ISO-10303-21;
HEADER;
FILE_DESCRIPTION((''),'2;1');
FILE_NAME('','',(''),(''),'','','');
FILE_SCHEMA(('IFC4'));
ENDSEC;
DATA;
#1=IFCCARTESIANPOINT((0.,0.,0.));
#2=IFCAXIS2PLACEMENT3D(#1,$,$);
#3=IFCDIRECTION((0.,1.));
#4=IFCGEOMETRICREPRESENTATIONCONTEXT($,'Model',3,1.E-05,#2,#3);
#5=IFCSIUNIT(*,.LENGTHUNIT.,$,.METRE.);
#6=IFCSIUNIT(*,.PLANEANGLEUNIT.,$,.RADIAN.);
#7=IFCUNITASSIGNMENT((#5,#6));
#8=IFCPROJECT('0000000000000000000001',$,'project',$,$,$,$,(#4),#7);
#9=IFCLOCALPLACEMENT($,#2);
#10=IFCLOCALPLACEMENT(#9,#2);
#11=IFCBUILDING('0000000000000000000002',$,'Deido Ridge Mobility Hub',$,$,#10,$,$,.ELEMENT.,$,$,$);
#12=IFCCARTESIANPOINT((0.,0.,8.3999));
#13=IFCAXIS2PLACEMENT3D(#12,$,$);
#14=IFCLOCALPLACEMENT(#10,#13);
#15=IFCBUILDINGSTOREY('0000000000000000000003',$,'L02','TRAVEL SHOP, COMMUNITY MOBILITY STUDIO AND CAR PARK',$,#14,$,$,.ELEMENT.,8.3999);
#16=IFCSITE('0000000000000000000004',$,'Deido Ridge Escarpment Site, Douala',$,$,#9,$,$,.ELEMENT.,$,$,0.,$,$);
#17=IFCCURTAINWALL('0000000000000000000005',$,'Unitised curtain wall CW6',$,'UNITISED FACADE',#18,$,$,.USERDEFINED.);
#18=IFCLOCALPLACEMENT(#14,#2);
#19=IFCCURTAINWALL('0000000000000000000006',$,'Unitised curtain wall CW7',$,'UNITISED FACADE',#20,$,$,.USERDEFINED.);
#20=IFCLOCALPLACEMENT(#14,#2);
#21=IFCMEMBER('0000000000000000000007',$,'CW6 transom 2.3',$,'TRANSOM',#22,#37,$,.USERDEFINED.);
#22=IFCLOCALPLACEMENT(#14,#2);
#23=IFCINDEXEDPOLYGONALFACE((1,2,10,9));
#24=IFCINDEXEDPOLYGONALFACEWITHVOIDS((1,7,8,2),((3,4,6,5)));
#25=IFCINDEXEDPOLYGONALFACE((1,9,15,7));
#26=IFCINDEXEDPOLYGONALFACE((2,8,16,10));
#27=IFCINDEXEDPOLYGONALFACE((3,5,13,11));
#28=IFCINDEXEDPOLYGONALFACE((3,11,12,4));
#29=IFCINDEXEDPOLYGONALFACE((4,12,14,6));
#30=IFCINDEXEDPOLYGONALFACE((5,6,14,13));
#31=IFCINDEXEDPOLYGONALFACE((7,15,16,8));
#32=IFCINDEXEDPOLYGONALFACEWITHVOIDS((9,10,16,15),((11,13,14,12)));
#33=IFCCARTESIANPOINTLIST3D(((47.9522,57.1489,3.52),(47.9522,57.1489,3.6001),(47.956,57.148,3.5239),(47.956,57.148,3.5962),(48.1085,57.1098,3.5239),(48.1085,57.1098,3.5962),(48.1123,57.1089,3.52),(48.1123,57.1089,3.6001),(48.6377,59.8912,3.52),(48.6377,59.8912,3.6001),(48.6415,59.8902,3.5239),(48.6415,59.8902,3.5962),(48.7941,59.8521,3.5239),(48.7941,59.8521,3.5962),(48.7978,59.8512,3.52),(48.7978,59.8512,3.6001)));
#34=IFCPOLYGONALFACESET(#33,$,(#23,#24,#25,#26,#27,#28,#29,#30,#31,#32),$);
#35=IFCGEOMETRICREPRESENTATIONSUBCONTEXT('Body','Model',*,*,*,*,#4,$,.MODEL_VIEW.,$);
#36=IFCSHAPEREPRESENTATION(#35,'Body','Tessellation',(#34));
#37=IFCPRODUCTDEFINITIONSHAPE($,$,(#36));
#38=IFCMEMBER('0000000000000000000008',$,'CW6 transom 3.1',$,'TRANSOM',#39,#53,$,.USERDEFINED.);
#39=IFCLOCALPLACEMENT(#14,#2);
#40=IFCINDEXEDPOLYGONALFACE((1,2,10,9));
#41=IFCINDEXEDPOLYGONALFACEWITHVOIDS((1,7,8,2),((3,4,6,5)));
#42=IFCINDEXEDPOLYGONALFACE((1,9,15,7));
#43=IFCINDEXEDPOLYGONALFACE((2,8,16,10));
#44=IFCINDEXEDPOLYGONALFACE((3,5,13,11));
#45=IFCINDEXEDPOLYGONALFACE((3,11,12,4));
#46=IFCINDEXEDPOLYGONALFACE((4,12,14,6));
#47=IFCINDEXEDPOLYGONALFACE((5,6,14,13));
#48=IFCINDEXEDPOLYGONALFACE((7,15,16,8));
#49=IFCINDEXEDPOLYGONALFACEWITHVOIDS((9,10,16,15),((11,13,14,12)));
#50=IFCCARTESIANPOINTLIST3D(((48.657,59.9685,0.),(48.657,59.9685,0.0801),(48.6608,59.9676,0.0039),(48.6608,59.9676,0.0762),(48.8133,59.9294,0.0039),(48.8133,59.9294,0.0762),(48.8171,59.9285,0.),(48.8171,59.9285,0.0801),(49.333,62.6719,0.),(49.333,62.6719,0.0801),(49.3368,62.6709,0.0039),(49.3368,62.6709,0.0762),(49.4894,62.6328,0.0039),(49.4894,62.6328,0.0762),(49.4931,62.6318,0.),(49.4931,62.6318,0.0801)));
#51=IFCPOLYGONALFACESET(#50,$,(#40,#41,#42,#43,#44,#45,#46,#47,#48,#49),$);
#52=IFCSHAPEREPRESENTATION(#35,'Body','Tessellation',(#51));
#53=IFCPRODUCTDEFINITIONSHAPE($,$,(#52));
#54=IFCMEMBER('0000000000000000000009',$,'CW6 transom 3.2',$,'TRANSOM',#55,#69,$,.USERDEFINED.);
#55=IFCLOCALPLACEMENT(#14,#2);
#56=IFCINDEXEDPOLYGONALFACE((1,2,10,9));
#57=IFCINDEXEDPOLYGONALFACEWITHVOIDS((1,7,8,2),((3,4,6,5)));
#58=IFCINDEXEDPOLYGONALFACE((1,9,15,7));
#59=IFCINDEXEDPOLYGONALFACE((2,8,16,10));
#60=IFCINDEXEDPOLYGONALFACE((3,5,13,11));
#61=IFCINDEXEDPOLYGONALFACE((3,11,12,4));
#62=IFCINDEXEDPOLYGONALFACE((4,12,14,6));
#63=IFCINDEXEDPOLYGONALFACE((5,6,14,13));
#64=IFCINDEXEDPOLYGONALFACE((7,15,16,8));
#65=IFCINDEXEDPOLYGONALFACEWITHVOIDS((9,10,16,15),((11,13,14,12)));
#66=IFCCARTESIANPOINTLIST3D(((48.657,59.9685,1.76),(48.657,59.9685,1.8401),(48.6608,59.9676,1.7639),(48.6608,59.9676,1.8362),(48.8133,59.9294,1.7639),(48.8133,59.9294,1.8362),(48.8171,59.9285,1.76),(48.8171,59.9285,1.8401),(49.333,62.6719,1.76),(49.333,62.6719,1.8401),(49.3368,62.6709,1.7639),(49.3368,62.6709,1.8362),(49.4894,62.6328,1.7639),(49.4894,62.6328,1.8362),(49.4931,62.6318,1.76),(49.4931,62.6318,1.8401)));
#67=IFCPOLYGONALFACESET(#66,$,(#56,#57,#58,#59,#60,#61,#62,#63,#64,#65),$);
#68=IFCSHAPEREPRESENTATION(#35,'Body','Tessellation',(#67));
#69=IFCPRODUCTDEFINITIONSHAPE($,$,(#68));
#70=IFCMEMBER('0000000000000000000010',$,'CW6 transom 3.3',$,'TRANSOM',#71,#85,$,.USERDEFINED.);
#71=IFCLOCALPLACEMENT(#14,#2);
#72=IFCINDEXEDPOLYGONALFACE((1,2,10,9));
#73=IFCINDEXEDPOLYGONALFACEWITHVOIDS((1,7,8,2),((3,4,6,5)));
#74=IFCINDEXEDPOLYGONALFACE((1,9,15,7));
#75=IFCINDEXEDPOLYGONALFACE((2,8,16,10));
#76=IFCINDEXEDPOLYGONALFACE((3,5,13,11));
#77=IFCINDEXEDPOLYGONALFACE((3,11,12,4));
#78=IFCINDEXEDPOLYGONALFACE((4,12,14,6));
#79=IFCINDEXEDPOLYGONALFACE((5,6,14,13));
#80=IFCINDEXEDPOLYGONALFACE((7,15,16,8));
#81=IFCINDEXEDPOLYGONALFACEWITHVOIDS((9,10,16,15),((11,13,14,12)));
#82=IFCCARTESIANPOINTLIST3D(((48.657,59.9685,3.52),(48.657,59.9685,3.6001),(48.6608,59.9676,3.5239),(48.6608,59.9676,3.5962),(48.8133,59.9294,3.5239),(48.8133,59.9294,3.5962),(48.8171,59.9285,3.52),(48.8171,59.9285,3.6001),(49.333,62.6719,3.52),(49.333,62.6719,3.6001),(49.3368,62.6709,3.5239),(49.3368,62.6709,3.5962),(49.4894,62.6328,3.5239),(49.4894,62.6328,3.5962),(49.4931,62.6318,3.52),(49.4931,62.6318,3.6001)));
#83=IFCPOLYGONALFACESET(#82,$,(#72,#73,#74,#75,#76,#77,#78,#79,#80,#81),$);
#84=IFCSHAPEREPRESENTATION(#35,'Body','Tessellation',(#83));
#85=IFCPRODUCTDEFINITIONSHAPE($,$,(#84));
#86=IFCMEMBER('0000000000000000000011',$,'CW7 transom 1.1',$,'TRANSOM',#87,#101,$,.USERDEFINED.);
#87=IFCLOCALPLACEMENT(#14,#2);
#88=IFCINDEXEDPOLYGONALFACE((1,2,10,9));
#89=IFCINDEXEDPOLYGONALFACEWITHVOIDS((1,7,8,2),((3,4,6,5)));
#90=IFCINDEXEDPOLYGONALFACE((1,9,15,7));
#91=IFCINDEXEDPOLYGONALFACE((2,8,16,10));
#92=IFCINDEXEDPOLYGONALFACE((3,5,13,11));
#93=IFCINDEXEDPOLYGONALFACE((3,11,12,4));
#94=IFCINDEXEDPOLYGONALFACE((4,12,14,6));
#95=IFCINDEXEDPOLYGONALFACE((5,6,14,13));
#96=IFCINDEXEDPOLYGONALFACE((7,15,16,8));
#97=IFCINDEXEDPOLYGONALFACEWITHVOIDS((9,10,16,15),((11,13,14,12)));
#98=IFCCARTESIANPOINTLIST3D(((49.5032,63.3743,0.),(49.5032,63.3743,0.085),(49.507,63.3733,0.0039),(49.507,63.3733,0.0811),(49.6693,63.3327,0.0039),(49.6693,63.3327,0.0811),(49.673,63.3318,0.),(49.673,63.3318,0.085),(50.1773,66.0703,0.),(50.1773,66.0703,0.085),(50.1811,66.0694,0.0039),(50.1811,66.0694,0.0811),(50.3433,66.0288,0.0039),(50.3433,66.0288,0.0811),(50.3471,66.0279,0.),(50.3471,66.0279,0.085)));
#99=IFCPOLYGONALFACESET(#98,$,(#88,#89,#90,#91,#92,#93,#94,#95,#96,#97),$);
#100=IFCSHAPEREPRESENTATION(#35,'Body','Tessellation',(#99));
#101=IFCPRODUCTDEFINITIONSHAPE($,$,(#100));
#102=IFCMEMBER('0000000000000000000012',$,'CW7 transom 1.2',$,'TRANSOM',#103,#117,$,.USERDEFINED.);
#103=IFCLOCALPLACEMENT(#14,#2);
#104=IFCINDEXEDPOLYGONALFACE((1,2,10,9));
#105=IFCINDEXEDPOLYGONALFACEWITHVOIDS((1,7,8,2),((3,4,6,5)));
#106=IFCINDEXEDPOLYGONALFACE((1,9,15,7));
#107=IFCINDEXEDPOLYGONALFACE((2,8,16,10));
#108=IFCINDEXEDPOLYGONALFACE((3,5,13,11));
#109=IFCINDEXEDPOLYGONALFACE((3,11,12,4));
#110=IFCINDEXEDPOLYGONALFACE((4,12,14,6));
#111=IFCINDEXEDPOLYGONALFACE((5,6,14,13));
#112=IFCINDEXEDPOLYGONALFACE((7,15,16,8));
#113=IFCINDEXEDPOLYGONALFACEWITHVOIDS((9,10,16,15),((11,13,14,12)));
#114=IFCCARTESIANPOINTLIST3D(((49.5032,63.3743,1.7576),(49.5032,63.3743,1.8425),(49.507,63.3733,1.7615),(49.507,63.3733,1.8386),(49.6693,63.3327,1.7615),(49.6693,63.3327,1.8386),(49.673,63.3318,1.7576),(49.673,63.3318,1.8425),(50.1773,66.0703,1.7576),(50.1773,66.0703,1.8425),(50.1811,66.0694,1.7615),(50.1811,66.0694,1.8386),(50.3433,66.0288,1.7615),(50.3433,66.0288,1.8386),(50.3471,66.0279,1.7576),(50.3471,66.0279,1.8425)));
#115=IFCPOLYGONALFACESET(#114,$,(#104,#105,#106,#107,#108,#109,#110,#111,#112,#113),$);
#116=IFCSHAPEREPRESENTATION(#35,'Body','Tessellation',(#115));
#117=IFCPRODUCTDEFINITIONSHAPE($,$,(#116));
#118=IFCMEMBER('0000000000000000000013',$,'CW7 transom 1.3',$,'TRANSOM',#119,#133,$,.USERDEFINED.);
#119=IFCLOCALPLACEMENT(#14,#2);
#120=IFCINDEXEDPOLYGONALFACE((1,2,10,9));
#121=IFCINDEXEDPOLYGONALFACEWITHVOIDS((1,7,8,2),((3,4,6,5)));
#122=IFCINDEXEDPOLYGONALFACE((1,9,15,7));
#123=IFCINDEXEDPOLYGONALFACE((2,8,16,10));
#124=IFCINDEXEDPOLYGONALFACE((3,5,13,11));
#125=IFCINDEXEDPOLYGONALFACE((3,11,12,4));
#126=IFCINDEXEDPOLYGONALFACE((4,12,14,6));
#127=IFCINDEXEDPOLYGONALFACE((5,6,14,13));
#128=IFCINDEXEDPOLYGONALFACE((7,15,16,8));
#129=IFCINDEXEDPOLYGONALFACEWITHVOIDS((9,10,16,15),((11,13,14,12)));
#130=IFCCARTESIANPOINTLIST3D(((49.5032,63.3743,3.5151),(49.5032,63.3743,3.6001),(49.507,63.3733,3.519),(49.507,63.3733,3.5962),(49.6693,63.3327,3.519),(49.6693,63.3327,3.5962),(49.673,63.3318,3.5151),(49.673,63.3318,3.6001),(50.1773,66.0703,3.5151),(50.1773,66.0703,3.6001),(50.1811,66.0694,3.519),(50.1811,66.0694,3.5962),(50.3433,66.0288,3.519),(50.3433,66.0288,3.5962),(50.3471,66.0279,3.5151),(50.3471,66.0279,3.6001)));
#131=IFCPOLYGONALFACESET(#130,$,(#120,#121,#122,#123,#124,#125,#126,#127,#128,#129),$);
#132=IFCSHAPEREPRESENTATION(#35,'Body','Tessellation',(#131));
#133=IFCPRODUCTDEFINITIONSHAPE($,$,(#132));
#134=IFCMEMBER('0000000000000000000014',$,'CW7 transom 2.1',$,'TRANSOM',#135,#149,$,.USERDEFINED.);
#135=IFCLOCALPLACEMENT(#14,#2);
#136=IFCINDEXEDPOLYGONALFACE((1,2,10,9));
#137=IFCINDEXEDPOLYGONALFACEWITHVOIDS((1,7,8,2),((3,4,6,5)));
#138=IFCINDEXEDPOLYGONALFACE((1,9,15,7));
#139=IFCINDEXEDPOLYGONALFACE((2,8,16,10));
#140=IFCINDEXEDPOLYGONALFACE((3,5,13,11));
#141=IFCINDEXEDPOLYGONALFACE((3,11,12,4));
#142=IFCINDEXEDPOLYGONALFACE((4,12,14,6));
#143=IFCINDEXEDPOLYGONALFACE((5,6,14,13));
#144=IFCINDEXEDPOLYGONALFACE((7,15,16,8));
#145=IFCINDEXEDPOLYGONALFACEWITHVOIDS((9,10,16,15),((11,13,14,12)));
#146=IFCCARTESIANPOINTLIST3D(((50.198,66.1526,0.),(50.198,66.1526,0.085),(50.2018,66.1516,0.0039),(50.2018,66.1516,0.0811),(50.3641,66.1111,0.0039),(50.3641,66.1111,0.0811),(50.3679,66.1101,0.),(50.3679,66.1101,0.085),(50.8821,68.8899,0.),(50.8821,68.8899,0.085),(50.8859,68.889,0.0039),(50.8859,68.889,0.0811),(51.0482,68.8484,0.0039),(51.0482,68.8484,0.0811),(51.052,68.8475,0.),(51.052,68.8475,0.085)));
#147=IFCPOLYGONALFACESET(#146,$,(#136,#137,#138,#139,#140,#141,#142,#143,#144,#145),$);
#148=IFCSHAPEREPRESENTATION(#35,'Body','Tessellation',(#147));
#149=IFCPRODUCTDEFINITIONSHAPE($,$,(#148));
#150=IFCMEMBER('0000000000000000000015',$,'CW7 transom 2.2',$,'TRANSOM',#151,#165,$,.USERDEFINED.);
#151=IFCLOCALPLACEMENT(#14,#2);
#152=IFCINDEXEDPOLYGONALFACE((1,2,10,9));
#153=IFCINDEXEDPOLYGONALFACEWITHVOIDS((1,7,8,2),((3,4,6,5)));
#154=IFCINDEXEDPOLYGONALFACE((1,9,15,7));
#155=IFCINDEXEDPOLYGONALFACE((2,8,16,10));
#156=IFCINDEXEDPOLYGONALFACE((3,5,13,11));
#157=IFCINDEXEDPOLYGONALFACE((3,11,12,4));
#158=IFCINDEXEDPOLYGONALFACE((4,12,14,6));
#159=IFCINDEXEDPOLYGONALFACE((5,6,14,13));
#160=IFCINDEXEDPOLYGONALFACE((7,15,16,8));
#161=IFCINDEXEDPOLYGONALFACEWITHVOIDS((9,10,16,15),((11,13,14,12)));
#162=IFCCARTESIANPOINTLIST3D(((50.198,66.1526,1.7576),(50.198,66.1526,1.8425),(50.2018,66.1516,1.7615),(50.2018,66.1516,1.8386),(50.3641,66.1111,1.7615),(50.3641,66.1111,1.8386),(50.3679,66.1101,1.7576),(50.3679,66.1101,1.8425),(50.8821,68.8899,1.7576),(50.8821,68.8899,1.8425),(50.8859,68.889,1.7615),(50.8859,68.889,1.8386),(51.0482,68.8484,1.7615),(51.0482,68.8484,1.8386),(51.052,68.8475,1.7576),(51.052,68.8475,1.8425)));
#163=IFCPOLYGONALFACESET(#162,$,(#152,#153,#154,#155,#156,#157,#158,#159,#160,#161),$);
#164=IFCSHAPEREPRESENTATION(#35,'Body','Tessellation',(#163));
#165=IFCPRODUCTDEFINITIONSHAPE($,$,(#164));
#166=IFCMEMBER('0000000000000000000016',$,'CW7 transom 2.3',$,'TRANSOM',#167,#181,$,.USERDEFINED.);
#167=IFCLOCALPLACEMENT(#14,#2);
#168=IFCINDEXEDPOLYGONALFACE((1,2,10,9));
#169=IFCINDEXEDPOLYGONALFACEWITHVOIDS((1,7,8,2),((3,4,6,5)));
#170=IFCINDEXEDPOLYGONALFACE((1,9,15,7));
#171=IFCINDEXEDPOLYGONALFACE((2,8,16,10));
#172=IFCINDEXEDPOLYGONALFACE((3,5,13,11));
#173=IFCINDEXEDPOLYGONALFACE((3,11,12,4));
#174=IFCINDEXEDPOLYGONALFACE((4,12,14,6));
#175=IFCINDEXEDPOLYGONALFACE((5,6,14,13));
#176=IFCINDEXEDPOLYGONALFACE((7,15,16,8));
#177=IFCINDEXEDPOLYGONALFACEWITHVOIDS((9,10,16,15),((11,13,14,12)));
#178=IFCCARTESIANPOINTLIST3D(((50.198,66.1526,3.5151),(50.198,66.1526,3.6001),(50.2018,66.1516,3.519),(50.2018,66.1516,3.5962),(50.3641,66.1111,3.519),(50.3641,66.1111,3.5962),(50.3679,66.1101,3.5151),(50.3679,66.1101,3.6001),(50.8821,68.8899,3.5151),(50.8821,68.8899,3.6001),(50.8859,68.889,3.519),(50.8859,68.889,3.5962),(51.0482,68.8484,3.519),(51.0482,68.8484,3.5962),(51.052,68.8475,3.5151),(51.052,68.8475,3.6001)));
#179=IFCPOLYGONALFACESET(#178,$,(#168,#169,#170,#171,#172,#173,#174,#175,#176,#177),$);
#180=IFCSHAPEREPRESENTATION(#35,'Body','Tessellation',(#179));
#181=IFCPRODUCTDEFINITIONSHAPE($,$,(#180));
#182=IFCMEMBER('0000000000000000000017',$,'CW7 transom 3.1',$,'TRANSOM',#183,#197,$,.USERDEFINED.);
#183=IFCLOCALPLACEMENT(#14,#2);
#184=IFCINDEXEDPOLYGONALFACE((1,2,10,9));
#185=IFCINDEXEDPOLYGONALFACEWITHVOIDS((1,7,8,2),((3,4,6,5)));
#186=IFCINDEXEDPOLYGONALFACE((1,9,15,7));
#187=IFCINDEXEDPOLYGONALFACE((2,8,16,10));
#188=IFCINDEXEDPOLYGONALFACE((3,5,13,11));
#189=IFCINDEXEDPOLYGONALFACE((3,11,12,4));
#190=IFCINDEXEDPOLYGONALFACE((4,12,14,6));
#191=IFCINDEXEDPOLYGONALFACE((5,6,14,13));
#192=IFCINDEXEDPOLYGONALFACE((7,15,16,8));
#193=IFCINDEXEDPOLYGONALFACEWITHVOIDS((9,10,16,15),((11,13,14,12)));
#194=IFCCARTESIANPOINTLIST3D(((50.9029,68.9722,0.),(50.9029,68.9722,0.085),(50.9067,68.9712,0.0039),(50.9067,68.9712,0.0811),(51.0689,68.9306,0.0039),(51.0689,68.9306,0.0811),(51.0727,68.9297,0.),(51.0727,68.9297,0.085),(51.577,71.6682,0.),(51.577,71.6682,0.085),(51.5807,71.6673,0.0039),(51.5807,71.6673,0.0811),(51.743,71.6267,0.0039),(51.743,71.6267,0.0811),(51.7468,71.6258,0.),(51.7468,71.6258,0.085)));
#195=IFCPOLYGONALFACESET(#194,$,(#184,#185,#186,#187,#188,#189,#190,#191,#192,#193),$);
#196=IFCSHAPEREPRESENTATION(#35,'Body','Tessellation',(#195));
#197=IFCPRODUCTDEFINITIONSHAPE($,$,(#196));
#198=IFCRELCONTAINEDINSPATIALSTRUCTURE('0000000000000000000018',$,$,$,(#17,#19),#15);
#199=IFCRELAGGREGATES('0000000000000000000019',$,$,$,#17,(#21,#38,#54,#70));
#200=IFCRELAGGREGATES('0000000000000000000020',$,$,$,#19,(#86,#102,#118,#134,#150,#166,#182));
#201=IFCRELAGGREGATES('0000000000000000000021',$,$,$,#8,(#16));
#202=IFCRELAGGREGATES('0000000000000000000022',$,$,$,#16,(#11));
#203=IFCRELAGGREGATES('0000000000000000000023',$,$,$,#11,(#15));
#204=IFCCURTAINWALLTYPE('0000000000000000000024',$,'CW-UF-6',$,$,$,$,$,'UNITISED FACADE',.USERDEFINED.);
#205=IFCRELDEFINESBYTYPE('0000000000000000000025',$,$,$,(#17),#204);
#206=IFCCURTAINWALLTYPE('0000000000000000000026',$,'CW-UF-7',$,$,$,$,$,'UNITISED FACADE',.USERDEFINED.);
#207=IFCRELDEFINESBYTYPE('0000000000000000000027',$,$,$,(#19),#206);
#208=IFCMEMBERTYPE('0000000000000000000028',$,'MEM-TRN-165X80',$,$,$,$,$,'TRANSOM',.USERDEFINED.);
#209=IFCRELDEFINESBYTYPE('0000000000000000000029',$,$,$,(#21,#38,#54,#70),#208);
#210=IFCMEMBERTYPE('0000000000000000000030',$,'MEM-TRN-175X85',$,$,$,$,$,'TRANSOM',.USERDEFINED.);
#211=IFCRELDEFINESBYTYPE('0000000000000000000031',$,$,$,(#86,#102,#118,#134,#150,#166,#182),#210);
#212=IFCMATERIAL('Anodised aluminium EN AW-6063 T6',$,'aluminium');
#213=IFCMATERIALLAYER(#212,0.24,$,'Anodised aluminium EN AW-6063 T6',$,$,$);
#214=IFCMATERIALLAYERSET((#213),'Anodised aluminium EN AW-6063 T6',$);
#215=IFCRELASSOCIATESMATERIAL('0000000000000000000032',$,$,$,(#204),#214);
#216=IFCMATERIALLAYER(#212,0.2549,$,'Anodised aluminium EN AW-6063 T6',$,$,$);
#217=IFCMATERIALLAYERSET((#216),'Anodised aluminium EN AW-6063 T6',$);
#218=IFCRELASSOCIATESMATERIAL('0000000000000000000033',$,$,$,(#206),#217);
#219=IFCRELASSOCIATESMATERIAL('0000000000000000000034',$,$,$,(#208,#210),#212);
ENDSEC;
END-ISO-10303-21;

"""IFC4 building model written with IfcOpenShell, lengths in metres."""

from ifc_helpers import new_model, si_unit, direction, frame, origin, origin_2d, place, context, subcontext, project, spatial, hollow_rectangle, extrude, material, layer, layer_set, material_profile, profile_set, type_object, element, aggregate, save


model = new_model("IFC4")

# Units and contexts
model_context = context("Model", 3, precision=1e-05, world=origin(), true_north=direction((0.0, 1.0)))
body_context = subcontext(model_context, "Body", "Model", "MODEL_VIEW")
ifc_project = project(units=[si_unit("LENGTHUNIT", "METRE"), si_unit("PLANEANGLEUNIT", "RADIAN")], contexts=[model_context])

# Site, building, storey
site_placement = place(None, origin())
site = spatial("IfcSite", under=ifc_project, at=site_placement, Name="Deido Ridge Escarpment Site, Douala", CompositionType="ELEMENT", RefElevation=0.0)
building_placement = place(site_placement, origin())
building = spatial("IfcBuilding", under=site, at=building_placement, Name="Deido Ridge Mobility Hub", CompositionType="ELEMENT")
storey_placement = place(building_placement, frame((0.0, 0.0, 8.3999)))
storey = spatial("IfcBuildingStorey", under=building, at=storey_placement, Name="L02", Description="TRAVEL SHOP, COMMUNITY MOBILITY STUDIO AND CAR PARK", CompositionType="ELEMENT", Elevation=8.3999)

# Curtain walls
ifc_material_1 = material(Name="Anodised aluminium EN AW-6063 T6", Category="aluminium")
ifc_layer_1 = layer(ifc_material_1, 0.24, Name="Anodised aluminium EN AW-6063 T6")
ifc_layer_set_1 = layer_set([ifc_layer_1], Name="Anodised aluminium EN AW-6063 T6")
curtain_wall_type_1 = type_object("IfcCurtainWallType", Name="CW-UF-6", ElementType="UNITISED FACADE", PredefinedType="USERDEFINED", material=ifc_layer_set_1)
curtain_wall_1_placement = place(storey_placement, origin())
curtain_wall_1 = element("IfcCurtainWall", 1, at=curtain_wall_1_placement, inside=storey, type_object=curtain_wall_type_1, Name="Unitised curtain wall CW6", ObjectType="UNITISED FACADE", PredefinedType="USERDEFINED")
ifc_layer_2 = layer(ifc_material_1, 0.2549, Name="Anodised aluminium EN AW-6063 T6")
ifc_layer_set_2 = layer_set([ifc_layer_2], Name="Anodised aluminium EN AW-6063 T6")
curtain_wall_type_2 = type_object("IfcCurtainWallType", Name="CW-UF-7", ElementType="UNITISED FACADE", PredefinedType="USERDEFINED", material=ifc_layer_set_2)
curtain_wall_2_placement = place(storey_placement, origin())
curtain_wall_2 = element("IfcCurtainWall", 2, at=curtain_wall_2_placement, inside=storey, type_object=curtain_wall_type_2, Name="Unitised curtain wall CW7", ObjectType="UNITISED FACADE", PredefinedType="USERDEFINED")

# Members
ifc_material_profile_1 = material_profile(ifc_material_1, hollow_rectangle(XDim=0.165, YDim=0.0801, WallThickness=0.0039, at=origin_2d()), Name="RHS 165x80x4")
ifc_profile_set_1 = profile_set([ifc_material_profile_1], Name="Anodised aluminium EN AW-6063 T6")
member_type_1 = type_object("IfcMemberType", Name="MEM-TRN-165X80", ElementType="TRANSOM", PredefinedType="USERDEFINED", material=ifc_profile_set_1)
member_1_placement = place(storey_placement, frame((48.0322, 57.1289, 3.5601), z_axis=(0.242536, 0.970143, 0.0), x_axis=(-0.970143, 0.242536, 0.0)))
member_1 = element("IfcMember", 3, at=member_1_placement, type_object=member_type_1, Name="CW6 transom 2.3", ObjectType="TRANSOM", PredefinedType="USERDEFINED", context=body_context, shape_type="SweptSolid", body=[
    extrude(hollow_rectangle(XDim=0.165, YDim=0.0801, WallThickness=0.0039, at=origin_2d()), origin(), (0.0, 0.0, 1.0), 2.8267),
])
member_2_placement = place(storey_placement, frame((48.7371, 59.9485, 0.04), z_axis=(0.242597, 0.970127, 0.0), x_axis=(-0.970127, 0.242597, 0.0)))
member_2 = element("IfcMember", 4, at=member_2_placement, type_object=member_type_1, Name="CW6 transom 3.1", ObjectType="TRANSOM", PredefinedType="USERDEFINED", context=body_context, shape_type="SweptSolid", body=[
    extrude(hollow_rectangle(XDim=0.165, YDim=0.0801, WallThickness=0.0039, at=origin_2d()), origin(), (0.0, 0.0, 1.0), 2.7866),
])
member_3_placement = place(storey_placement, frame((48.7371, 59.9485, 1.8), z_axis=(0.242597, 0.970127, 0.0), x_axis=(-0.970127, 0.242597, 0.0)))
member_3 = element("IfcMember", 5, at=member_3_placement, type_object=member_type_1, Name="CW6 transom 3.2", ObjectType="TRANSOM", PredefinedType="USERDEFINED", context=body_context, shape_type="SweptSolid", body=[
    extrude(hollow_rectangle(XDim=0.165, YDim=0.0801, WallThickness=0.0039, at=origin_2d()), origin(), (0.0, 0.0, 1.0), 2.7866),
])
member_4_placement = place(storey_placement, frame((48.7371, 59.9485, 3.5601), z_axis=(0.242597, 0.970127, 0.0), x_axis=(-0.970127, 0.242597, 0.0)))
member_4 = element("IfcMember", 6, at=member_4_placement, type_object=member_type_1, Name="CW6 transom 3.3", ObjectType="TRANSOM", PredefinedType="USERDEFINED", context=body_context, shape_type="SweptSolid", body=[
    extrude(hollow_rectangle(XDim=0.165, YDim=0.0801, WallThickness=0.0039, at=origin_2d()), origin(), (0.0, 0.0, 1.0), 2.7866),
])
ifc_material_profile_2 = material_profile(ifc_material_1, hollow_rectangle(XDim=0.175, YDim=0.085, WallThickness=0.0039, at=origin_2d()), Name="RHS 175x85x4")
ifc_profile_set_2 = profile_set([ifc_material_profile_2], Name="Anodised aluminium EN AW-6063 T6")
member_type_2 = type_object("IfcMemberType", Name="MEM-TRN-175X85", ElementType="TRANSOM", PredefinedType="USERDEFINED", material=ifc_profile_set_2)
member_5_placement = place(storey_placement, frame((49.5881, 63.353, 0.0425), z_axis=(0.242556, 0.970137, 0.0), x_axis=(-0.970137, 0.242556, 0.0)))
member_5 = element("IfcMember", 7, at=member_5_placement, type_object=member_type_2, Name="CW7 transom 1.1", ObjectType="TRANSOM", PredefinedType="USERDEFINED", context=body_context, shape_type="SweptSolid", body=[
    extrude(hollow_rectangle(XDim=0.175, YDim=0.085, WallThickness=0.0039, at=origin_2d()), origin(), (0.0, 0.0, 1.0), 2.7791),
])
member_6_placement = place(storey_placement, frame((49.5881, 63.353, 1.8), z_axis=(0.242556, 0.970137, 0.0), x_axis=(-0.970137, 0.242556, 0.0)))
member_6 = element("IfcMember", 8, at=member_6_placement, type_object=member_type_2, Name="CW7 transom 1.2", ObjectType="TRANSOM", PredefinedType="USERDEFINED", context=body_context, shape_type="SweptSolid", body=[
    extrude(hollow_rectangle(XDim=0.175, YDim=0.085, WallThickness=0.0039, at=origin_2d()), origin(), (0.0, 0.0, 1.0), 2.7791),
])
member_7_placement = place(storey_placement, frame((49.5881, 63.353, 3.5576), z_axis=(0.242556, 0.970137, 0.0), x_axis=(-0.970137, 0.242556, 0.0)))
member_7 = element("IfcMember", 9, at=member_7_placement, type_object=member_type_2, Name="CW7 transom 1.3", ObjectType="TRANSOM", PredefinedType="USERDEFINED", context=body_context, shape_type="SweptSolid", body=[
    extrude(hollow_rectangle(XDim=0.175, YDim=0.085, WallThickness=0.0039, at=origin_2d()), origin(), (0.0, 0.0, 1.0), 2.7791),
])
member_8_placement = place(storey_placement, frame((50.283, 66.1313, 0.0425), z_axis=(0.242454, 0.970163, 0.0), x_axis=(-0.970163, 0.242454, 0.0)))
member_8 = element("IfcMember", 10, at=member_8_placement, type_object=member_type_2, Name="CW7 transom 2.1", ObjectType="TRANSOM", PredefinedType="USERDEFINED", context=body_context, shape_type="SweptSolid", body=[
    extrude(hollow_rectangle(XDim=0.175, YDim=0.085, WallThickness=0.0039, at=origin_2d()), origin(), (0.0, 0.0, 1.0), 2.8215),
])
member_9_placement = place(storey_placement, frame((50.283, 66.1313, 1.8), z_axis=(0.242454, 0.970163, 0.0), x_axis=(-0.970163, 0.242454, 0.0)))
member_9 = element("IfcMember", 11, at=member_9_placement, type_object=member_type_2, Name="CW7 transom 2.2", ObjectType="TRANSOM", PredefinedType="USERDEFINED", context=body_context, shape_type="SweptSolid", body=[
    extrude(hollow_rectangle(XDim=0.175, YDim=0.085, WallThickness=0.0039, at=origin_2d()), origin(), (0.0, 0.0, 1.0), 2.8215),
])
member_10_placement = place(storey_placement, frame((50.283, 66.1313, 3.5576), z_axis=(0.242454, 0.970163, 0.0), x_axis=(-0.970163, 0.242454, 0.0)))
member_10 = element("IfcMember", 12, at=member_10_placement, type_object=member_type_2, Name="CW7 transom 2.3", ObjectType="TRANSOM", PredefinedType="USERDEFINED", context=body_context, shape_type="SweptSolid", body=[
    extrude(hollow_rectangle(XDim=0.175, YDim=0.085, WallThickness=0.0039, at=origin_2d()), origin(), (0.0, 0.0, 1.0), 2.8215),
])
member_11_placement = place(storey_placement, frame((50.9878, 68.9509, 0.0425), z_axis=(0.242556, 0.970137, 0.0), x_axis=(-0.970137, 0.242556, 0.0)))
member_11 = element("IfcMember", 13, at=member_11_placement, type_object=member_type_2, Name="CW7 transom 3.1", ObjectType="TRANSOM", PredefinedType="USERDEFINED", context=body_context, shape_type="SweptSolid", body=[
    extrude(hollow_rectangle(XDim=0.175, YDim=0.085, WallThickness=0.0039, at=origin_2d()), origin(), (0.0, 0.0, 1.0), 2.7791),
])

aggregate(curtain_wall_1, [member_1, member_2, member_3, member_4])
aggregate(curtain_wall_2, [member_5, member_6, member_7, member_8, member_9, member_10, member_11])

save(model, "model.ifc")
